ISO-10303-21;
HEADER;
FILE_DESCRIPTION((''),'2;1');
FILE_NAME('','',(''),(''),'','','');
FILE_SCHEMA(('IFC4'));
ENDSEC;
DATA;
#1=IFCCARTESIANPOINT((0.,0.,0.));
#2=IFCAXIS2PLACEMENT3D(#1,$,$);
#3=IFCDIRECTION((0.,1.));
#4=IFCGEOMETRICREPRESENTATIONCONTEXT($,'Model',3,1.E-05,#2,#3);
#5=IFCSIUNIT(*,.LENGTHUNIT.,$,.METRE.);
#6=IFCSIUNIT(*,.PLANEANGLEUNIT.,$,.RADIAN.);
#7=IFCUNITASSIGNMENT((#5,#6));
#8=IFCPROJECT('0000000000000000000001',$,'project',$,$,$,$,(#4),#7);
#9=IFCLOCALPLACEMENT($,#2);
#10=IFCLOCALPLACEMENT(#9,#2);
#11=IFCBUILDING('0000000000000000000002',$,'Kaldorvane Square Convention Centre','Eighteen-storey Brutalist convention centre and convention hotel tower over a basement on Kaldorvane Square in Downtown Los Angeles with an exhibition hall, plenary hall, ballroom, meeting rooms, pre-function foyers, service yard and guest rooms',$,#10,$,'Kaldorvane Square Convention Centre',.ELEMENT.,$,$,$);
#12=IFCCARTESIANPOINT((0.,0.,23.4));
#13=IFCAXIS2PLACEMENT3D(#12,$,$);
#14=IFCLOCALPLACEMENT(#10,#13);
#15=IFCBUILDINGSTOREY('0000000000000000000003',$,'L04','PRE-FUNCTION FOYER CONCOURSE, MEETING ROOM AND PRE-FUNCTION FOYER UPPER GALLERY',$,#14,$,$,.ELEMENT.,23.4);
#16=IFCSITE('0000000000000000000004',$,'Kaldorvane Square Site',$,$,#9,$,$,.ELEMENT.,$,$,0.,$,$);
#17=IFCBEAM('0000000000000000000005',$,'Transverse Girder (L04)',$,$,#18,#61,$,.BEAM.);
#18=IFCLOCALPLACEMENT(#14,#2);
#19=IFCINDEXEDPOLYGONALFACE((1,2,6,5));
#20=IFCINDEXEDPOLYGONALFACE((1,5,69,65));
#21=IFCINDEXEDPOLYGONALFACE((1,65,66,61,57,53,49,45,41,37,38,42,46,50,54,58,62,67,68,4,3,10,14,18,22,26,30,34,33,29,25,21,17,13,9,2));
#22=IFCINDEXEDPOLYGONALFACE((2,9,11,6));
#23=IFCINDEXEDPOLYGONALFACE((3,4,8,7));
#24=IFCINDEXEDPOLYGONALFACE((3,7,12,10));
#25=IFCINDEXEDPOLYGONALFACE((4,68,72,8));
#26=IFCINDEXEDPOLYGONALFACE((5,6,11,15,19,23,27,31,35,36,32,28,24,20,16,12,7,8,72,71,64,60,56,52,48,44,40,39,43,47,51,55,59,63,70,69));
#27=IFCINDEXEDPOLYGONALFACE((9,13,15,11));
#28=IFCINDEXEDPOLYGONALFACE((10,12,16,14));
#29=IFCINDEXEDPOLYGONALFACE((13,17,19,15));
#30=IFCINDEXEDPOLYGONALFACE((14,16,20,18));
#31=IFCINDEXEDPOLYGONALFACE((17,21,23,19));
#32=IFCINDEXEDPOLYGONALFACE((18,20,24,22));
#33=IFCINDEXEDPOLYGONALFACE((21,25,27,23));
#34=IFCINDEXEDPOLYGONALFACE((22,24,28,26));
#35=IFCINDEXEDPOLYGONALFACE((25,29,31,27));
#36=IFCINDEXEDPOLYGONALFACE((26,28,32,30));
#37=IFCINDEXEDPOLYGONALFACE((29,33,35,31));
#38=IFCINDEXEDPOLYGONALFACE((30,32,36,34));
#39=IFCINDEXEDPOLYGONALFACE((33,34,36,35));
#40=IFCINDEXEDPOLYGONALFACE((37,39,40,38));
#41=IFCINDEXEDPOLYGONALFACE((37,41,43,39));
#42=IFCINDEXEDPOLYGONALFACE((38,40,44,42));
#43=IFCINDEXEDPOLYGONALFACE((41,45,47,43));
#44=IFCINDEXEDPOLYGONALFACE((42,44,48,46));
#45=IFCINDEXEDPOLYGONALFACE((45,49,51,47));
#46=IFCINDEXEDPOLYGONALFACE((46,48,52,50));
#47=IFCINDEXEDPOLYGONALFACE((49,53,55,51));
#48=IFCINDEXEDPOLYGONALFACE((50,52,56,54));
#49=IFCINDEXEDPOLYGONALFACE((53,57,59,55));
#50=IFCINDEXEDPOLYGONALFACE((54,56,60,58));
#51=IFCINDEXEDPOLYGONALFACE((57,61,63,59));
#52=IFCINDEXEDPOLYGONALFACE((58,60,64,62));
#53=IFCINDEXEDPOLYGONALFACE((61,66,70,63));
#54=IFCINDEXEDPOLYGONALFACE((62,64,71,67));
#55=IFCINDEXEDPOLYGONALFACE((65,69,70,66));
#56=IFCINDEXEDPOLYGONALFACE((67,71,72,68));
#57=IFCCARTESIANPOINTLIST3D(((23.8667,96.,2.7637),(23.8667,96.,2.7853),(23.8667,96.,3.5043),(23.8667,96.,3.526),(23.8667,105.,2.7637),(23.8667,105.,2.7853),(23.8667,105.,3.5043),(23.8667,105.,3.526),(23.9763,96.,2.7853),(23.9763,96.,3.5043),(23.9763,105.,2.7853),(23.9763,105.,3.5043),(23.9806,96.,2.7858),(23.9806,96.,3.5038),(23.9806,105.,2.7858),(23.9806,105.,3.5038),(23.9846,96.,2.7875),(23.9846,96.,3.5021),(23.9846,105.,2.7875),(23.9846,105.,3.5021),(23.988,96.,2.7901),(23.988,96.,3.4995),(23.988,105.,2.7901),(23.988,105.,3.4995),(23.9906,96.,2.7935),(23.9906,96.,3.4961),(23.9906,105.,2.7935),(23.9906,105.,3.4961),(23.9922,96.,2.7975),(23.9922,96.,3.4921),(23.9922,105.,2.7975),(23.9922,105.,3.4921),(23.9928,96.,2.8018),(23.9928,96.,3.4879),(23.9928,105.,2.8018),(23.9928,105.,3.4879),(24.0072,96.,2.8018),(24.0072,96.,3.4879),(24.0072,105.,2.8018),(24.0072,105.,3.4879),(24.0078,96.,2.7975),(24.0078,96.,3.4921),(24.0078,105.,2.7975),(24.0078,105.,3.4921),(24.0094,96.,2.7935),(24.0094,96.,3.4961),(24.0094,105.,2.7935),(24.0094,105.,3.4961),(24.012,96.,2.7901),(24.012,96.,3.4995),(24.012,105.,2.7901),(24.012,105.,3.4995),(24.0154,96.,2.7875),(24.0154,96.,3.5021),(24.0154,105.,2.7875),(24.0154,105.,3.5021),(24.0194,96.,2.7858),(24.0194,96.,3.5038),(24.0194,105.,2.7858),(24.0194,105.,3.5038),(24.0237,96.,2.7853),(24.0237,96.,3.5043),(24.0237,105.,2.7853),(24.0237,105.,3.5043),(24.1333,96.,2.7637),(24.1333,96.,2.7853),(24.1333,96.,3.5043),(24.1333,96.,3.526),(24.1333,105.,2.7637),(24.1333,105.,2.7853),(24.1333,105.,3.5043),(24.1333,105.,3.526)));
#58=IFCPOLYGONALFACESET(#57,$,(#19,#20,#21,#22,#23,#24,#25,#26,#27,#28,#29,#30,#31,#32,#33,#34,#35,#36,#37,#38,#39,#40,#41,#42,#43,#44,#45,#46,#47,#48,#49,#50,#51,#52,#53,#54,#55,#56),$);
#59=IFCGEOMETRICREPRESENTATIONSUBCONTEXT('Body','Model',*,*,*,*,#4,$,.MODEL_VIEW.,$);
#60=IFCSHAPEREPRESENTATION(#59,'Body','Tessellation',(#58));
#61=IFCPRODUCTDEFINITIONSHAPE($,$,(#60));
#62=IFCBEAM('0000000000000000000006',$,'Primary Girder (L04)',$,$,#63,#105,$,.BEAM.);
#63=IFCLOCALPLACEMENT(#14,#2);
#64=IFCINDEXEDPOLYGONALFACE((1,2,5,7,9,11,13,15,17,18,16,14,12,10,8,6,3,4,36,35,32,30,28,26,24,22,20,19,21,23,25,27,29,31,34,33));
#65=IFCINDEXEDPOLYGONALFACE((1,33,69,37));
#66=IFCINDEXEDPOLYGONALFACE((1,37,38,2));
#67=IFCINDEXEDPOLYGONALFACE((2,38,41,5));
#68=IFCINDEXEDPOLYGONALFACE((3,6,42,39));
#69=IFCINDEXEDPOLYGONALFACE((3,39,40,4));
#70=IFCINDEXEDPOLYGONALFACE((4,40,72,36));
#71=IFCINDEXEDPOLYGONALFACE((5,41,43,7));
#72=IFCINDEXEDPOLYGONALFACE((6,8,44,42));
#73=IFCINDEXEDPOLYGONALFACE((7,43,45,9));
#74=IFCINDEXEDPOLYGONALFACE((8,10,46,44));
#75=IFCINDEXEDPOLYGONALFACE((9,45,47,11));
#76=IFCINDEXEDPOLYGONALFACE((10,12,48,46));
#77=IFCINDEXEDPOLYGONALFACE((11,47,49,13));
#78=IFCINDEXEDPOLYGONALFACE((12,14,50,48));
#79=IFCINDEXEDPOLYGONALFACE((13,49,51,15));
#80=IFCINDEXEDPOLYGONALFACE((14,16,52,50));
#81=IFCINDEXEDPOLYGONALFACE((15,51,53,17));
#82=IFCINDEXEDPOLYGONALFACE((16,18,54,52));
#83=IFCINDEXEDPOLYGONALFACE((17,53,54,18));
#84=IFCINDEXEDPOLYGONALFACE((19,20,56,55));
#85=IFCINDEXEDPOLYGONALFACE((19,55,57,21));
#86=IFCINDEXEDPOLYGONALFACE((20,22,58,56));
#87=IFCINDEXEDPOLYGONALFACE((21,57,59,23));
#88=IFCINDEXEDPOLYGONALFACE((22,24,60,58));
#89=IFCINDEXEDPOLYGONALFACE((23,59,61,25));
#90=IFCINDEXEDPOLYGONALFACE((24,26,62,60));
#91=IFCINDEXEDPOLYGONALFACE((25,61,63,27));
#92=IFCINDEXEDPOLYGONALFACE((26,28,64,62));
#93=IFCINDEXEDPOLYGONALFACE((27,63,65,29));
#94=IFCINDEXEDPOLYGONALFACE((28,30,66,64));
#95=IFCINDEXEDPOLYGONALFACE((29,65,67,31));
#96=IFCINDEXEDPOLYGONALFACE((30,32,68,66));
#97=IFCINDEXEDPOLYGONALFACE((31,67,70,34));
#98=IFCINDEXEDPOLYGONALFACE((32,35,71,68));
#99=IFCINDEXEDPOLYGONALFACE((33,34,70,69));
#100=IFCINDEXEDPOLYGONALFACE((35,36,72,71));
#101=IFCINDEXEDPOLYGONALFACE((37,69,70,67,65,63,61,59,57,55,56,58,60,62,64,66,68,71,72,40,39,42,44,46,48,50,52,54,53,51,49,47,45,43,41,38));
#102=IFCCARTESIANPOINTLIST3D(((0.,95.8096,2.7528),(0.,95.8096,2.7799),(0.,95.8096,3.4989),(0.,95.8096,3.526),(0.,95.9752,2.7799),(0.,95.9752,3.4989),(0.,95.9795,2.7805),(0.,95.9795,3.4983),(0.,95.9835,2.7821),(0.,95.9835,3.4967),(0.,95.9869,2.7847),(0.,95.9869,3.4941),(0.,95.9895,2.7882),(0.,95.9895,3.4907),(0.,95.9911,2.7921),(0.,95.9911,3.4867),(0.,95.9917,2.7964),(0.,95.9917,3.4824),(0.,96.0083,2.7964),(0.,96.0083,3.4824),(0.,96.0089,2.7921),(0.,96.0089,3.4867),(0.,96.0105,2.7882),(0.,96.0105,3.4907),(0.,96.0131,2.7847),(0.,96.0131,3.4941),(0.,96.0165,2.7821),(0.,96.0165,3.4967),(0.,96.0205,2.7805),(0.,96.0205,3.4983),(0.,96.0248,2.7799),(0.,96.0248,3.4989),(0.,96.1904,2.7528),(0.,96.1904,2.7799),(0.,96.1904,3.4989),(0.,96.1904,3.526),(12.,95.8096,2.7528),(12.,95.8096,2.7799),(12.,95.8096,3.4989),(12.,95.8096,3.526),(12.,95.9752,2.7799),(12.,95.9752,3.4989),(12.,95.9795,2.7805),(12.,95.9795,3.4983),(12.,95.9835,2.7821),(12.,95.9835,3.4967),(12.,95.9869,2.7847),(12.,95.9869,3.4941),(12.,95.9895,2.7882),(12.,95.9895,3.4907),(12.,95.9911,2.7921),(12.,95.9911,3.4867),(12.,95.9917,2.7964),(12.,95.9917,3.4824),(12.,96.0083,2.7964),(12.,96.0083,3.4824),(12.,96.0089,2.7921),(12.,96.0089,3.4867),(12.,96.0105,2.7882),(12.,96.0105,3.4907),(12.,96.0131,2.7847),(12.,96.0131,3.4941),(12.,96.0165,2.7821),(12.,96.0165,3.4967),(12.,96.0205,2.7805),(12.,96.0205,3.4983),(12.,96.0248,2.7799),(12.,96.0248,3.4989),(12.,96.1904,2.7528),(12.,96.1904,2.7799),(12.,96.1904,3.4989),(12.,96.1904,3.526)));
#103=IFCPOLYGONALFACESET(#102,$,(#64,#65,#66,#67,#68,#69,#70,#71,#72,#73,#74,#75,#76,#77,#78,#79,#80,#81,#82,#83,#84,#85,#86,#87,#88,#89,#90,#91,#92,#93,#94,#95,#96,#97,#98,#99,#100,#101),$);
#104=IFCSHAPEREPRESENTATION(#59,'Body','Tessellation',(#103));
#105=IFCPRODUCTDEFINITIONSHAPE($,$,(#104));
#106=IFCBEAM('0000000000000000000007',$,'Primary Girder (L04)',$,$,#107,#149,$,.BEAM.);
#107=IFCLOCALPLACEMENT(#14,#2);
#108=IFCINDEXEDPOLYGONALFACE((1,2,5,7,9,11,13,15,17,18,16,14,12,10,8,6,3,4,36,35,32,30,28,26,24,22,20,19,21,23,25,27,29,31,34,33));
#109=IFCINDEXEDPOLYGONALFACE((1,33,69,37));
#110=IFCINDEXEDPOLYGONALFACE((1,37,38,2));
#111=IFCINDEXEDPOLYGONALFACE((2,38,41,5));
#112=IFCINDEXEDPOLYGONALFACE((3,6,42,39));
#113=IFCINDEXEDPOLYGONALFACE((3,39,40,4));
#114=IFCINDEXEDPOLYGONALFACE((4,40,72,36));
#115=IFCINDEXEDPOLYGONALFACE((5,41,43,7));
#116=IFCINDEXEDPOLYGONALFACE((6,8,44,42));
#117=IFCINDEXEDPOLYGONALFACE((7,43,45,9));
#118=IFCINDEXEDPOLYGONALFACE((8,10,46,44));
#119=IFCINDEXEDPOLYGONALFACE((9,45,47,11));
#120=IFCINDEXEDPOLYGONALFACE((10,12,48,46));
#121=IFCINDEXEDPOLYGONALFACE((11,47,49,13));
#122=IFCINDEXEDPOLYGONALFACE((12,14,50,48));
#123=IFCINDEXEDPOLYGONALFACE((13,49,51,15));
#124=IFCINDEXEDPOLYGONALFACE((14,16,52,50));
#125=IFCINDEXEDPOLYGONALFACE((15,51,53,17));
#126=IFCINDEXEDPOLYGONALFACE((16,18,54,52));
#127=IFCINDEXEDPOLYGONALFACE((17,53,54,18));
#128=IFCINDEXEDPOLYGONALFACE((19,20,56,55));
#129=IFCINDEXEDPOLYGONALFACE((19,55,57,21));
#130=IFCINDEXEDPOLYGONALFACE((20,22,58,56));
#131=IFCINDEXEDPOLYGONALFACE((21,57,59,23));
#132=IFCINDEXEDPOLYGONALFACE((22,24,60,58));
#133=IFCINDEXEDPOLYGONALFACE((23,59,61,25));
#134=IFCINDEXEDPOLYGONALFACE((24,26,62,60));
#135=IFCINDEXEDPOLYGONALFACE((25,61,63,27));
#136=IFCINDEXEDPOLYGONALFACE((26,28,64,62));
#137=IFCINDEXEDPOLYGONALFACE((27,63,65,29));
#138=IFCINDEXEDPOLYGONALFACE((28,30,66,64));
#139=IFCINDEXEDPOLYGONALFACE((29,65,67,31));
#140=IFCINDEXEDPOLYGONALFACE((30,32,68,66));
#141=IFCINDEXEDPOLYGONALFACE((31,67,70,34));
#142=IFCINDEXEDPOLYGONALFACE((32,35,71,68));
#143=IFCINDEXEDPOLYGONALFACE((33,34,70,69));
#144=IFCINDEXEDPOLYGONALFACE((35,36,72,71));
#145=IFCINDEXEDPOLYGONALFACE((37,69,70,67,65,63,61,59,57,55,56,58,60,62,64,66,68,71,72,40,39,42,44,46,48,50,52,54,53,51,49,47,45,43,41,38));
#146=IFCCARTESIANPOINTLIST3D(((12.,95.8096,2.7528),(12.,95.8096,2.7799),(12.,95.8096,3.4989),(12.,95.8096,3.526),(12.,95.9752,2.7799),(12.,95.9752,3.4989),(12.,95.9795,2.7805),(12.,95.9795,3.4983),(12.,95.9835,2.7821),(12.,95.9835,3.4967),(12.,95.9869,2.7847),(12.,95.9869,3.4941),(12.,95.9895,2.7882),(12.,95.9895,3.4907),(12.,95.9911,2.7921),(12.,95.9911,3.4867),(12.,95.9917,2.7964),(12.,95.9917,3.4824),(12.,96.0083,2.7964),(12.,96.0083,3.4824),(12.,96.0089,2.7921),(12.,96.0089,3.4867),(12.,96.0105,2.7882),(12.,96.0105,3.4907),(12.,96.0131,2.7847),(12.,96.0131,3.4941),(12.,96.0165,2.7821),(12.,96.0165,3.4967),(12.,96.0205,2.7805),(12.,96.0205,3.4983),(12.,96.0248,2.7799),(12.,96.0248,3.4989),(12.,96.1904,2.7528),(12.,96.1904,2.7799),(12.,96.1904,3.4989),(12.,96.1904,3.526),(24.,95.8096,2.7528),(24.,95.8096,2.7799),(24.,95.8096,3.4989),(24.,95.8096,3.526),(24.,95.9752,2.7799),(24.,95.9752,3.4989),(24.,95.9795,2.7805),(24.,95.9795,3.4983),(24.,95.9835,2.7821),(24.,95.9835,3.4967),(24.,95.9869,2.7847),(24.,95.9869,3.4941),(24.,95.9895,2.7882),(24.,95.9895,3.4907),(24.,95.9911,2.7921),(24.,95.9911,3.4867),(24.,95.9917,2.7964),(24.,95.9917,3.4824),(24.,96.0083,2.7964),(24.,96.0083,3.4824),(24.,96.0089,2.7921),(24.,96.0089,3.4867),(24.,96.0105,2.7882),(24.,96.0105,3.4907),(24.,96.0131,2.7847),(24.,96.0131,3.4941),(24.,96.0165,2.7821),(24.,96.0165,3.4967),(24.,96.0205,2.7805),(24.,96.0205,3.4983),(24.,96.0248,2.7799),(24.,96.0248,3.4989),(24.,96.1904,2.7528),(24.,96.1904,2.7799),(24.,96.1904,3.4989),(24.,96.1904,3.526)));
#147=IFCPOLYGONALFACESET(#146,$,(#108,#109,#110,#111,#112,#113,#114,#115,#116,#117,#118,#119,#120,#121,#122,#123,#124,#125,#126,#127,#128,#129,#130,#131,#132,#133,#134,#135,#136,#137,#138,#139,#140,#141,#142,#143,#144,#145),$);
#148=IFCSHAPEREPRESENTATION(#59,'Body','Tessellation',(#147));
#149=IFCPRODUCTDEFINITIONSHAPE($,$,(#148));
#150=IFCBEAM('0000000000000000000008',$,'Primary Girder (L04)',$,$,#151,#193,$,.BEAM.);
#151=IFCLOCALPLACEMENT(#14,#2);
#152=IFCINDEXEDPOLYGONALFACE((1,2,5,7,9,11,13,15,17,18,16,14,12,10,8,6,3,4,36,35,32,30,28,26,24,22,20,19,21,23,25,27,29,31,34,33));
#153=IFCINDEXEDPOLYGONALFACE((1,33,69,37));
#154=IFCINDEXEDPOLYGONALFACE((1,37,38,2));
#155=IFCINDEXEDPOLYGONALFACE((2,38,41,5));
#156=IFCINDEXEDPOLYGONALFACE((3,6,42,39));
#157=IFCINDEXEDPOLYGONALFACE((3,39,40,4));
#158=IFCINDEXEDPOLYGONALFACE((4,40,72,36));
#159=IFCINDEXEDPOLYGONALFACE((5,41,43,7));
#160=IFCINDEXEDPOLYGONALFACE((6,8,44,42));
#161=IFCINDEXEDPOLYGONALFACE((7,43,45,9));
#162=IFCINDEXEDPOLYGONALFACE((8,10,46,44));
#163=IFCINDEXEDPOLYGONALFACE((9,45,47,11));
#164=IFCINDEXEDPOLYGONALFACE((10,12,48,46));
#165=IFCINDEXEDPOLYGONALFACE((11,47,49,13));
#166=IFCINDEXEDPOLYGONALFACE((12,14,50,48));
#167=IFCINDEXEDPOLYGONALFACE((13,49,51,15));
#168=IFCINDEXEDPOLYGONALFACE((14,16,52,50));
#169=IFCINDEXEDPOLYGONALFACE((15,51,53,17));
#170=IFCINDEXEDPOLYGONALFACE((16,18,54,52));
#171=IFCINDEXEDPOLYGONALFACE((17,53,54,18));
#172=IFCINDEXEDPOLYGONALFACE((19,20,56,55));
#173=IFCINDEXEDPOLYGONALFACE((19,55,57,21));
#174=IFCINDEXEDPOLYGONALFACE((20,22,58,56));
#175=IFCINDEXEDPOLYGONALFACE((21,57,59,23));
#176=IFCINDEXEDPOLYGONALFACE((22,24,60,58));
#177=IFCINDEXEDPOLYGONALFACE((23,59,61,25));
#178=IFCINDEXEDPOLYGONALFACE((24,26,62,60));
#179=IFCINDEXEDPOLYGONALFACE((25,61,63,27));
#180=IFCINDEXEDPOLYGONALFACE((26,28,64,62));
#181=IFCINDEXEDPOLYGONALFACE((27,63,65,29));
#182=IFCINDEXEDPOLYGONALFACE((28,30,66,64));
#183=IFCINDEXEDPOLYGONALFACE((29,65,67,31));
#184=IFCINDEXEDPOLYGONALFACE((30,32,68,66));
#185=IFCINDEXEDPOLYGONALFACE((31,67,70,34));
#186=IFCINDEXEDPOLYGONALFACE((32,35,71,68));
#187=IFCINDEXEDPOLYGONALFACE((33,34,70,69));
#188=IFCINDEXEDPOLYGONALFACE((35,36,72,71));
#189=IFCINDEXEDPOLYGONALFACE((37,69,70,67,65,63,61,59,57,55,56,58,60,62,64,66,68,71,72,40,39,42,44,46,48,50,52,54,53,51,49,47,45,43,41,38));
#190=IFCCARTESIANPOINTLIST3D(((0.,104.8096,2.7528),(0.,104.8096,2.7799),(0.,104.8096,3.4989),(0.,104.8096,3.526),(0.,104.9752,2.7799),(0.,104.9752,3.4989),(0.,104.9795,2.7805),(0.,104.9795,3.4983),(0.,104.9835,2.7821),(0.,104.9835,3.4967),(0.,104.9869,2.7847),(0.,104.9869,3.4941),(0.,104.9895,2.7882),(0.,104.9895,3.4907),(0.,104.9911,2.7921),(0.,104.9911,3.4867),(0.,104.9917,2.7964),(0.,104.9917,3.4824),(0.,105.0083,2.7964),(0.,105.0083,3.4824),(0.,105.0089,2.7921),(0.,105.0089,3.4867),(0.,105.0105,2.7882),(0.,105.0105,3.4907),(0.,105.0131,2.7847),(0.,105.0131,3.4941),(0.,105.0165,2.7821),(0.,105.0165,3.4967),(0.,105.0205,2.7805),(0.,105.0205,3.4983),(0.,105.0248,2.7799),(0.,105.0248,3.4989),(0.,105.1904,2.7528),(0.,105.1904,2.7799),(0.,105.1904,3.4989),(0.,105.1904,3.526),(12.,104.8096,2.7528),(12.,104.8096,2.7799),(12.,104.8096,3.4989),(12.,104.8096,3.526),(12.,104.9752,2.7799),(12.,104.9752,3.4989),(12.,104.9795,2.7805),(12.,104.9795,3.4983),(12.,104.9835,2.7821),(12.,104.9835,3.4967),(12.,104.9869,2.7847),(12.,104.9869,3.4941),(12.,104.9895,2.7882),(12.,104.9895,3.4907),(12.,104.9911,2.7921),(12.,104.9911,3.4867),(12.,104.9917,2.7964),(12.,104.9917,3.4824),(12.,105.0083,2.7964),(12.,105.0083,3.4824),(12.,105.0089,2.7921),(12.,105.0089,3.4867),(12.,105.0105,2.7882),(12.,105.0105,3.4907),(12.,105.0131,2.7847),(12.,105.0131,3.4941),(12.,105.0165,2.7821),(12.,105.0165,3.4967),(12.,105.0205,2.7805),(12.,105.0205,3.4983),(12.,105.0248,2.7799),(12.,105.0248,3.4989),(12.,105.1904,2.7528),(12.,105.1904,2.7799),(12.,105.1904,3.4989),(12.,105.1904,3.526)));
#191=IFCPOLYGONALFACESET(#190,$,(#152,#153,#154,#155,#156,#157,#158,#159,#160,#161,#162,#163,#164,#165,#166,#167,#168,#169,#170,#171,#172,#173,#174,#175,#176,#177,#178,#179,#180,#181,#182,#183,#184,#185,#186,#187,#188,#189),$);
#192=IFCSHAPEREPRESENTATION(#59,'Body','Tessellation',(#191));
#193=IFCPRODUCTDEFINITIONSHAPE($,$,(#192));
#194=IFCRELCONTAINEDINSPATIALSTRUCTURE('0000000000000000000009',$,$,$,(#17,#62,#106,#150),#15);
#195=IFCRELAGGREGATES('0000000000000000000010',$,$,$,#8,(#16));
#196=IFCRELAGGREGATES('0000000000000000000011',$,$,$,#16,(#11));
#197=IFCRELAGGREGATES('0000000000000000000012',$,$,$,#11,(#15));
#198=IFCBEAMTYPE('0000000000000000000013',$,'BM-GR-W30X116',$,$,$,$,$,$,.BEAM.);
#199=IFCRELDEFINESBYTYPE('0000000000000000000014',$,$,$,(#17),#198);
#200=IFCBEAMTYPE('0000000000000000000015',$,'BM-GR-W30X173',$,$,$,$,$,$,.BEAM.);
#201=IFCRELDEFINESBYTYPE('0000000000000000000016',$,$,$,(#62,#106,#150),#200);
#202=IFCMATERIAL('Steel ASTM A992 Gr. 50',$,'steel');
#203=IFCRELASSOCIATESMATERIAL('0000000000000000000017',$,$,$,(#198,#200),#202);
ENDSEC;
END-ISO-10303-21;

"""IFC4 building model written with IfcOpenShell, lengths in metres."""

from ifc_helpers import new_model, si_unit, direction, frame, origin, origin_2d, place, context, subcontext, project, spatial, i_section, extrude, material, material_profile, profile_set, type_object, element, save


model = new_model("IFC4")

# Units and contexts
model_context = context("Model", 3, precision=1e-05, world=origin(), true_north=direction((0.0, 1.0)))
body_context = subcontext(model_context, "Body", "Model", "MODEL_VIEW")
ifc_project = project(units=[si_unit("LENGTHUNIT", "METRE"), si_unit("PLANEANGLEUNIT", "RADIAN")], contexts=[model_context])

# Site, building, storey
site_placement = place(None, origin())
site = spatial("IfcSite", under=ifc_project, at=site_placement, Name="Kaldorvane Square Site", CompositionType="ELEMENT", RefElevation=0.0)
building_placement = place(site_placement, origin())
building = spatial("IfcBuilding", under=site, at=building_placement, Name="Kaldorvane Square Convention Centre", Description="Eighteen-storey Brutalist convention centre and convention hotel tower over a basement on Kaldorvane Square in Downtown Los Angeles with an exhibition hall, plenary hall, ballroom, meeting rooms, pre-function foyers, service yard and guest rooms", LongName="Kaldorvane Square Convention Centre", CompositionType="ELEMENT")
storey_placement = place(building_placement, frame((0.0, 0.0, 23.4)))
storey = spatial("IfcBuildingStorey", under=building, at=storey_placement, Name="L04", Description="PRE-FUNCTION FOYER CONCOURSE, MEETING ROOM AND PRE-FUNCTION FOYER UPPER GALLERY", CompositionType="ELEMENT", Elevation=23.4)

# Shared definitions
ifc_material_1 = material(Name="Steel ASTM A992 Gr. 50", Category="steel")

# Beams
ifc_material_profile_1 = material_profile(ifc_material_1, i_section(OverallWidth=0.2666, OverallDepth=0.7623, WebThickness=0.0144, FlangeThickness=0.0216, FilletRadius=0.0165, at=origin_2d()), Name="W30X116")
ifc_profile_set_1 = profile_set([ifc_material_profile_1], Name="Steel ASTM A992 Gr. 50")
beam_type_1 = type_object("IfcBeamType", Name="BM-GR-W30X116", PredefinedType="BEAM", material=ifc_profile_set_1)
for number, where, z_axis, x_axis, name in (
    (1, (24.0, 96.0, 3.1448), (0.0, 1.0, 0.0), (-1.0, 0.0, 0.0), "Transverse Girder (L04)"),
):
    element("IfcBeam", number, at=place(storey_placement, frame(where, z_axis=z_axis, x_axis=x_axis)), inside=storey, type_object=beam_type_1, Name=name, PredefinedType="BEAM", context=body_context, shape_type="SweptSolid", body=[
        extrude(i_section(OverallWidth=0.2666, OverallDepth=0.7623, WebThickness=0.0144, FlangeThickness=0.0216, FilletRadius=0.0165, at=origin_2d()), origin(), (0.0, 0.0, 1.0), 9.0),
    ])
ifc_material_profile_2 = material_profile(ifc_material_1, i_section(OverallWidth=0.3807, OverallDepth=0.7732, WebThickness=0.0166, FlangeThickness=0.0271, FilletRadius=0.0165, at=origin_2d()), Name="W30X173")
ifc_profile_set_2 = profile_set([ifc_material_profile_2], Name="Steel ASTM A992 Gr. 50")
beam_type_2 = type_object("IfcBeamType", Name="BM-GR-W30X173", PredefinedType="BEAM", material=ifc_profile_set_2)
for number, where, z_axis, x_axis, name in (
    (2, (0.0, 96.0, 3.1394), (1.0, 0.0, 0.0), (0.0, 1.0, 0.0), "Primary Girder (L04)"),
    (3, (12.0, 96.0, 3.1394), (1.0, 0.0, 0.0), (0.0, 1.0, 0.0), "Primary Girder (L04)"),
    (4, (0.0, 105.0, 3.1394), (1.0, 0.0, 0.0), (0.0, 1.0, 0.0), "Primary Girder (L04)"),
):
    element("IfcBeam", number, at=place(storey_placement, frame(where, z_axis=z_axis, x_axis=x_axis)), inside=storey, type_object=beam_type_2, Name=name, PredefinedType="BEAM", context=body_context, shape_type="SweptSolid", body=[
        extrude(i_section(OverallWidth=0.3807, OverallDepth=0.7732, WebThickness=0.0166, FlangeThickness=0.0271, FilletRadius=0.0165, at=origin_2d()), origin(), (0.0, 0.0, 1.0), 12.0),
    ])

save(model, "model.ifc")
